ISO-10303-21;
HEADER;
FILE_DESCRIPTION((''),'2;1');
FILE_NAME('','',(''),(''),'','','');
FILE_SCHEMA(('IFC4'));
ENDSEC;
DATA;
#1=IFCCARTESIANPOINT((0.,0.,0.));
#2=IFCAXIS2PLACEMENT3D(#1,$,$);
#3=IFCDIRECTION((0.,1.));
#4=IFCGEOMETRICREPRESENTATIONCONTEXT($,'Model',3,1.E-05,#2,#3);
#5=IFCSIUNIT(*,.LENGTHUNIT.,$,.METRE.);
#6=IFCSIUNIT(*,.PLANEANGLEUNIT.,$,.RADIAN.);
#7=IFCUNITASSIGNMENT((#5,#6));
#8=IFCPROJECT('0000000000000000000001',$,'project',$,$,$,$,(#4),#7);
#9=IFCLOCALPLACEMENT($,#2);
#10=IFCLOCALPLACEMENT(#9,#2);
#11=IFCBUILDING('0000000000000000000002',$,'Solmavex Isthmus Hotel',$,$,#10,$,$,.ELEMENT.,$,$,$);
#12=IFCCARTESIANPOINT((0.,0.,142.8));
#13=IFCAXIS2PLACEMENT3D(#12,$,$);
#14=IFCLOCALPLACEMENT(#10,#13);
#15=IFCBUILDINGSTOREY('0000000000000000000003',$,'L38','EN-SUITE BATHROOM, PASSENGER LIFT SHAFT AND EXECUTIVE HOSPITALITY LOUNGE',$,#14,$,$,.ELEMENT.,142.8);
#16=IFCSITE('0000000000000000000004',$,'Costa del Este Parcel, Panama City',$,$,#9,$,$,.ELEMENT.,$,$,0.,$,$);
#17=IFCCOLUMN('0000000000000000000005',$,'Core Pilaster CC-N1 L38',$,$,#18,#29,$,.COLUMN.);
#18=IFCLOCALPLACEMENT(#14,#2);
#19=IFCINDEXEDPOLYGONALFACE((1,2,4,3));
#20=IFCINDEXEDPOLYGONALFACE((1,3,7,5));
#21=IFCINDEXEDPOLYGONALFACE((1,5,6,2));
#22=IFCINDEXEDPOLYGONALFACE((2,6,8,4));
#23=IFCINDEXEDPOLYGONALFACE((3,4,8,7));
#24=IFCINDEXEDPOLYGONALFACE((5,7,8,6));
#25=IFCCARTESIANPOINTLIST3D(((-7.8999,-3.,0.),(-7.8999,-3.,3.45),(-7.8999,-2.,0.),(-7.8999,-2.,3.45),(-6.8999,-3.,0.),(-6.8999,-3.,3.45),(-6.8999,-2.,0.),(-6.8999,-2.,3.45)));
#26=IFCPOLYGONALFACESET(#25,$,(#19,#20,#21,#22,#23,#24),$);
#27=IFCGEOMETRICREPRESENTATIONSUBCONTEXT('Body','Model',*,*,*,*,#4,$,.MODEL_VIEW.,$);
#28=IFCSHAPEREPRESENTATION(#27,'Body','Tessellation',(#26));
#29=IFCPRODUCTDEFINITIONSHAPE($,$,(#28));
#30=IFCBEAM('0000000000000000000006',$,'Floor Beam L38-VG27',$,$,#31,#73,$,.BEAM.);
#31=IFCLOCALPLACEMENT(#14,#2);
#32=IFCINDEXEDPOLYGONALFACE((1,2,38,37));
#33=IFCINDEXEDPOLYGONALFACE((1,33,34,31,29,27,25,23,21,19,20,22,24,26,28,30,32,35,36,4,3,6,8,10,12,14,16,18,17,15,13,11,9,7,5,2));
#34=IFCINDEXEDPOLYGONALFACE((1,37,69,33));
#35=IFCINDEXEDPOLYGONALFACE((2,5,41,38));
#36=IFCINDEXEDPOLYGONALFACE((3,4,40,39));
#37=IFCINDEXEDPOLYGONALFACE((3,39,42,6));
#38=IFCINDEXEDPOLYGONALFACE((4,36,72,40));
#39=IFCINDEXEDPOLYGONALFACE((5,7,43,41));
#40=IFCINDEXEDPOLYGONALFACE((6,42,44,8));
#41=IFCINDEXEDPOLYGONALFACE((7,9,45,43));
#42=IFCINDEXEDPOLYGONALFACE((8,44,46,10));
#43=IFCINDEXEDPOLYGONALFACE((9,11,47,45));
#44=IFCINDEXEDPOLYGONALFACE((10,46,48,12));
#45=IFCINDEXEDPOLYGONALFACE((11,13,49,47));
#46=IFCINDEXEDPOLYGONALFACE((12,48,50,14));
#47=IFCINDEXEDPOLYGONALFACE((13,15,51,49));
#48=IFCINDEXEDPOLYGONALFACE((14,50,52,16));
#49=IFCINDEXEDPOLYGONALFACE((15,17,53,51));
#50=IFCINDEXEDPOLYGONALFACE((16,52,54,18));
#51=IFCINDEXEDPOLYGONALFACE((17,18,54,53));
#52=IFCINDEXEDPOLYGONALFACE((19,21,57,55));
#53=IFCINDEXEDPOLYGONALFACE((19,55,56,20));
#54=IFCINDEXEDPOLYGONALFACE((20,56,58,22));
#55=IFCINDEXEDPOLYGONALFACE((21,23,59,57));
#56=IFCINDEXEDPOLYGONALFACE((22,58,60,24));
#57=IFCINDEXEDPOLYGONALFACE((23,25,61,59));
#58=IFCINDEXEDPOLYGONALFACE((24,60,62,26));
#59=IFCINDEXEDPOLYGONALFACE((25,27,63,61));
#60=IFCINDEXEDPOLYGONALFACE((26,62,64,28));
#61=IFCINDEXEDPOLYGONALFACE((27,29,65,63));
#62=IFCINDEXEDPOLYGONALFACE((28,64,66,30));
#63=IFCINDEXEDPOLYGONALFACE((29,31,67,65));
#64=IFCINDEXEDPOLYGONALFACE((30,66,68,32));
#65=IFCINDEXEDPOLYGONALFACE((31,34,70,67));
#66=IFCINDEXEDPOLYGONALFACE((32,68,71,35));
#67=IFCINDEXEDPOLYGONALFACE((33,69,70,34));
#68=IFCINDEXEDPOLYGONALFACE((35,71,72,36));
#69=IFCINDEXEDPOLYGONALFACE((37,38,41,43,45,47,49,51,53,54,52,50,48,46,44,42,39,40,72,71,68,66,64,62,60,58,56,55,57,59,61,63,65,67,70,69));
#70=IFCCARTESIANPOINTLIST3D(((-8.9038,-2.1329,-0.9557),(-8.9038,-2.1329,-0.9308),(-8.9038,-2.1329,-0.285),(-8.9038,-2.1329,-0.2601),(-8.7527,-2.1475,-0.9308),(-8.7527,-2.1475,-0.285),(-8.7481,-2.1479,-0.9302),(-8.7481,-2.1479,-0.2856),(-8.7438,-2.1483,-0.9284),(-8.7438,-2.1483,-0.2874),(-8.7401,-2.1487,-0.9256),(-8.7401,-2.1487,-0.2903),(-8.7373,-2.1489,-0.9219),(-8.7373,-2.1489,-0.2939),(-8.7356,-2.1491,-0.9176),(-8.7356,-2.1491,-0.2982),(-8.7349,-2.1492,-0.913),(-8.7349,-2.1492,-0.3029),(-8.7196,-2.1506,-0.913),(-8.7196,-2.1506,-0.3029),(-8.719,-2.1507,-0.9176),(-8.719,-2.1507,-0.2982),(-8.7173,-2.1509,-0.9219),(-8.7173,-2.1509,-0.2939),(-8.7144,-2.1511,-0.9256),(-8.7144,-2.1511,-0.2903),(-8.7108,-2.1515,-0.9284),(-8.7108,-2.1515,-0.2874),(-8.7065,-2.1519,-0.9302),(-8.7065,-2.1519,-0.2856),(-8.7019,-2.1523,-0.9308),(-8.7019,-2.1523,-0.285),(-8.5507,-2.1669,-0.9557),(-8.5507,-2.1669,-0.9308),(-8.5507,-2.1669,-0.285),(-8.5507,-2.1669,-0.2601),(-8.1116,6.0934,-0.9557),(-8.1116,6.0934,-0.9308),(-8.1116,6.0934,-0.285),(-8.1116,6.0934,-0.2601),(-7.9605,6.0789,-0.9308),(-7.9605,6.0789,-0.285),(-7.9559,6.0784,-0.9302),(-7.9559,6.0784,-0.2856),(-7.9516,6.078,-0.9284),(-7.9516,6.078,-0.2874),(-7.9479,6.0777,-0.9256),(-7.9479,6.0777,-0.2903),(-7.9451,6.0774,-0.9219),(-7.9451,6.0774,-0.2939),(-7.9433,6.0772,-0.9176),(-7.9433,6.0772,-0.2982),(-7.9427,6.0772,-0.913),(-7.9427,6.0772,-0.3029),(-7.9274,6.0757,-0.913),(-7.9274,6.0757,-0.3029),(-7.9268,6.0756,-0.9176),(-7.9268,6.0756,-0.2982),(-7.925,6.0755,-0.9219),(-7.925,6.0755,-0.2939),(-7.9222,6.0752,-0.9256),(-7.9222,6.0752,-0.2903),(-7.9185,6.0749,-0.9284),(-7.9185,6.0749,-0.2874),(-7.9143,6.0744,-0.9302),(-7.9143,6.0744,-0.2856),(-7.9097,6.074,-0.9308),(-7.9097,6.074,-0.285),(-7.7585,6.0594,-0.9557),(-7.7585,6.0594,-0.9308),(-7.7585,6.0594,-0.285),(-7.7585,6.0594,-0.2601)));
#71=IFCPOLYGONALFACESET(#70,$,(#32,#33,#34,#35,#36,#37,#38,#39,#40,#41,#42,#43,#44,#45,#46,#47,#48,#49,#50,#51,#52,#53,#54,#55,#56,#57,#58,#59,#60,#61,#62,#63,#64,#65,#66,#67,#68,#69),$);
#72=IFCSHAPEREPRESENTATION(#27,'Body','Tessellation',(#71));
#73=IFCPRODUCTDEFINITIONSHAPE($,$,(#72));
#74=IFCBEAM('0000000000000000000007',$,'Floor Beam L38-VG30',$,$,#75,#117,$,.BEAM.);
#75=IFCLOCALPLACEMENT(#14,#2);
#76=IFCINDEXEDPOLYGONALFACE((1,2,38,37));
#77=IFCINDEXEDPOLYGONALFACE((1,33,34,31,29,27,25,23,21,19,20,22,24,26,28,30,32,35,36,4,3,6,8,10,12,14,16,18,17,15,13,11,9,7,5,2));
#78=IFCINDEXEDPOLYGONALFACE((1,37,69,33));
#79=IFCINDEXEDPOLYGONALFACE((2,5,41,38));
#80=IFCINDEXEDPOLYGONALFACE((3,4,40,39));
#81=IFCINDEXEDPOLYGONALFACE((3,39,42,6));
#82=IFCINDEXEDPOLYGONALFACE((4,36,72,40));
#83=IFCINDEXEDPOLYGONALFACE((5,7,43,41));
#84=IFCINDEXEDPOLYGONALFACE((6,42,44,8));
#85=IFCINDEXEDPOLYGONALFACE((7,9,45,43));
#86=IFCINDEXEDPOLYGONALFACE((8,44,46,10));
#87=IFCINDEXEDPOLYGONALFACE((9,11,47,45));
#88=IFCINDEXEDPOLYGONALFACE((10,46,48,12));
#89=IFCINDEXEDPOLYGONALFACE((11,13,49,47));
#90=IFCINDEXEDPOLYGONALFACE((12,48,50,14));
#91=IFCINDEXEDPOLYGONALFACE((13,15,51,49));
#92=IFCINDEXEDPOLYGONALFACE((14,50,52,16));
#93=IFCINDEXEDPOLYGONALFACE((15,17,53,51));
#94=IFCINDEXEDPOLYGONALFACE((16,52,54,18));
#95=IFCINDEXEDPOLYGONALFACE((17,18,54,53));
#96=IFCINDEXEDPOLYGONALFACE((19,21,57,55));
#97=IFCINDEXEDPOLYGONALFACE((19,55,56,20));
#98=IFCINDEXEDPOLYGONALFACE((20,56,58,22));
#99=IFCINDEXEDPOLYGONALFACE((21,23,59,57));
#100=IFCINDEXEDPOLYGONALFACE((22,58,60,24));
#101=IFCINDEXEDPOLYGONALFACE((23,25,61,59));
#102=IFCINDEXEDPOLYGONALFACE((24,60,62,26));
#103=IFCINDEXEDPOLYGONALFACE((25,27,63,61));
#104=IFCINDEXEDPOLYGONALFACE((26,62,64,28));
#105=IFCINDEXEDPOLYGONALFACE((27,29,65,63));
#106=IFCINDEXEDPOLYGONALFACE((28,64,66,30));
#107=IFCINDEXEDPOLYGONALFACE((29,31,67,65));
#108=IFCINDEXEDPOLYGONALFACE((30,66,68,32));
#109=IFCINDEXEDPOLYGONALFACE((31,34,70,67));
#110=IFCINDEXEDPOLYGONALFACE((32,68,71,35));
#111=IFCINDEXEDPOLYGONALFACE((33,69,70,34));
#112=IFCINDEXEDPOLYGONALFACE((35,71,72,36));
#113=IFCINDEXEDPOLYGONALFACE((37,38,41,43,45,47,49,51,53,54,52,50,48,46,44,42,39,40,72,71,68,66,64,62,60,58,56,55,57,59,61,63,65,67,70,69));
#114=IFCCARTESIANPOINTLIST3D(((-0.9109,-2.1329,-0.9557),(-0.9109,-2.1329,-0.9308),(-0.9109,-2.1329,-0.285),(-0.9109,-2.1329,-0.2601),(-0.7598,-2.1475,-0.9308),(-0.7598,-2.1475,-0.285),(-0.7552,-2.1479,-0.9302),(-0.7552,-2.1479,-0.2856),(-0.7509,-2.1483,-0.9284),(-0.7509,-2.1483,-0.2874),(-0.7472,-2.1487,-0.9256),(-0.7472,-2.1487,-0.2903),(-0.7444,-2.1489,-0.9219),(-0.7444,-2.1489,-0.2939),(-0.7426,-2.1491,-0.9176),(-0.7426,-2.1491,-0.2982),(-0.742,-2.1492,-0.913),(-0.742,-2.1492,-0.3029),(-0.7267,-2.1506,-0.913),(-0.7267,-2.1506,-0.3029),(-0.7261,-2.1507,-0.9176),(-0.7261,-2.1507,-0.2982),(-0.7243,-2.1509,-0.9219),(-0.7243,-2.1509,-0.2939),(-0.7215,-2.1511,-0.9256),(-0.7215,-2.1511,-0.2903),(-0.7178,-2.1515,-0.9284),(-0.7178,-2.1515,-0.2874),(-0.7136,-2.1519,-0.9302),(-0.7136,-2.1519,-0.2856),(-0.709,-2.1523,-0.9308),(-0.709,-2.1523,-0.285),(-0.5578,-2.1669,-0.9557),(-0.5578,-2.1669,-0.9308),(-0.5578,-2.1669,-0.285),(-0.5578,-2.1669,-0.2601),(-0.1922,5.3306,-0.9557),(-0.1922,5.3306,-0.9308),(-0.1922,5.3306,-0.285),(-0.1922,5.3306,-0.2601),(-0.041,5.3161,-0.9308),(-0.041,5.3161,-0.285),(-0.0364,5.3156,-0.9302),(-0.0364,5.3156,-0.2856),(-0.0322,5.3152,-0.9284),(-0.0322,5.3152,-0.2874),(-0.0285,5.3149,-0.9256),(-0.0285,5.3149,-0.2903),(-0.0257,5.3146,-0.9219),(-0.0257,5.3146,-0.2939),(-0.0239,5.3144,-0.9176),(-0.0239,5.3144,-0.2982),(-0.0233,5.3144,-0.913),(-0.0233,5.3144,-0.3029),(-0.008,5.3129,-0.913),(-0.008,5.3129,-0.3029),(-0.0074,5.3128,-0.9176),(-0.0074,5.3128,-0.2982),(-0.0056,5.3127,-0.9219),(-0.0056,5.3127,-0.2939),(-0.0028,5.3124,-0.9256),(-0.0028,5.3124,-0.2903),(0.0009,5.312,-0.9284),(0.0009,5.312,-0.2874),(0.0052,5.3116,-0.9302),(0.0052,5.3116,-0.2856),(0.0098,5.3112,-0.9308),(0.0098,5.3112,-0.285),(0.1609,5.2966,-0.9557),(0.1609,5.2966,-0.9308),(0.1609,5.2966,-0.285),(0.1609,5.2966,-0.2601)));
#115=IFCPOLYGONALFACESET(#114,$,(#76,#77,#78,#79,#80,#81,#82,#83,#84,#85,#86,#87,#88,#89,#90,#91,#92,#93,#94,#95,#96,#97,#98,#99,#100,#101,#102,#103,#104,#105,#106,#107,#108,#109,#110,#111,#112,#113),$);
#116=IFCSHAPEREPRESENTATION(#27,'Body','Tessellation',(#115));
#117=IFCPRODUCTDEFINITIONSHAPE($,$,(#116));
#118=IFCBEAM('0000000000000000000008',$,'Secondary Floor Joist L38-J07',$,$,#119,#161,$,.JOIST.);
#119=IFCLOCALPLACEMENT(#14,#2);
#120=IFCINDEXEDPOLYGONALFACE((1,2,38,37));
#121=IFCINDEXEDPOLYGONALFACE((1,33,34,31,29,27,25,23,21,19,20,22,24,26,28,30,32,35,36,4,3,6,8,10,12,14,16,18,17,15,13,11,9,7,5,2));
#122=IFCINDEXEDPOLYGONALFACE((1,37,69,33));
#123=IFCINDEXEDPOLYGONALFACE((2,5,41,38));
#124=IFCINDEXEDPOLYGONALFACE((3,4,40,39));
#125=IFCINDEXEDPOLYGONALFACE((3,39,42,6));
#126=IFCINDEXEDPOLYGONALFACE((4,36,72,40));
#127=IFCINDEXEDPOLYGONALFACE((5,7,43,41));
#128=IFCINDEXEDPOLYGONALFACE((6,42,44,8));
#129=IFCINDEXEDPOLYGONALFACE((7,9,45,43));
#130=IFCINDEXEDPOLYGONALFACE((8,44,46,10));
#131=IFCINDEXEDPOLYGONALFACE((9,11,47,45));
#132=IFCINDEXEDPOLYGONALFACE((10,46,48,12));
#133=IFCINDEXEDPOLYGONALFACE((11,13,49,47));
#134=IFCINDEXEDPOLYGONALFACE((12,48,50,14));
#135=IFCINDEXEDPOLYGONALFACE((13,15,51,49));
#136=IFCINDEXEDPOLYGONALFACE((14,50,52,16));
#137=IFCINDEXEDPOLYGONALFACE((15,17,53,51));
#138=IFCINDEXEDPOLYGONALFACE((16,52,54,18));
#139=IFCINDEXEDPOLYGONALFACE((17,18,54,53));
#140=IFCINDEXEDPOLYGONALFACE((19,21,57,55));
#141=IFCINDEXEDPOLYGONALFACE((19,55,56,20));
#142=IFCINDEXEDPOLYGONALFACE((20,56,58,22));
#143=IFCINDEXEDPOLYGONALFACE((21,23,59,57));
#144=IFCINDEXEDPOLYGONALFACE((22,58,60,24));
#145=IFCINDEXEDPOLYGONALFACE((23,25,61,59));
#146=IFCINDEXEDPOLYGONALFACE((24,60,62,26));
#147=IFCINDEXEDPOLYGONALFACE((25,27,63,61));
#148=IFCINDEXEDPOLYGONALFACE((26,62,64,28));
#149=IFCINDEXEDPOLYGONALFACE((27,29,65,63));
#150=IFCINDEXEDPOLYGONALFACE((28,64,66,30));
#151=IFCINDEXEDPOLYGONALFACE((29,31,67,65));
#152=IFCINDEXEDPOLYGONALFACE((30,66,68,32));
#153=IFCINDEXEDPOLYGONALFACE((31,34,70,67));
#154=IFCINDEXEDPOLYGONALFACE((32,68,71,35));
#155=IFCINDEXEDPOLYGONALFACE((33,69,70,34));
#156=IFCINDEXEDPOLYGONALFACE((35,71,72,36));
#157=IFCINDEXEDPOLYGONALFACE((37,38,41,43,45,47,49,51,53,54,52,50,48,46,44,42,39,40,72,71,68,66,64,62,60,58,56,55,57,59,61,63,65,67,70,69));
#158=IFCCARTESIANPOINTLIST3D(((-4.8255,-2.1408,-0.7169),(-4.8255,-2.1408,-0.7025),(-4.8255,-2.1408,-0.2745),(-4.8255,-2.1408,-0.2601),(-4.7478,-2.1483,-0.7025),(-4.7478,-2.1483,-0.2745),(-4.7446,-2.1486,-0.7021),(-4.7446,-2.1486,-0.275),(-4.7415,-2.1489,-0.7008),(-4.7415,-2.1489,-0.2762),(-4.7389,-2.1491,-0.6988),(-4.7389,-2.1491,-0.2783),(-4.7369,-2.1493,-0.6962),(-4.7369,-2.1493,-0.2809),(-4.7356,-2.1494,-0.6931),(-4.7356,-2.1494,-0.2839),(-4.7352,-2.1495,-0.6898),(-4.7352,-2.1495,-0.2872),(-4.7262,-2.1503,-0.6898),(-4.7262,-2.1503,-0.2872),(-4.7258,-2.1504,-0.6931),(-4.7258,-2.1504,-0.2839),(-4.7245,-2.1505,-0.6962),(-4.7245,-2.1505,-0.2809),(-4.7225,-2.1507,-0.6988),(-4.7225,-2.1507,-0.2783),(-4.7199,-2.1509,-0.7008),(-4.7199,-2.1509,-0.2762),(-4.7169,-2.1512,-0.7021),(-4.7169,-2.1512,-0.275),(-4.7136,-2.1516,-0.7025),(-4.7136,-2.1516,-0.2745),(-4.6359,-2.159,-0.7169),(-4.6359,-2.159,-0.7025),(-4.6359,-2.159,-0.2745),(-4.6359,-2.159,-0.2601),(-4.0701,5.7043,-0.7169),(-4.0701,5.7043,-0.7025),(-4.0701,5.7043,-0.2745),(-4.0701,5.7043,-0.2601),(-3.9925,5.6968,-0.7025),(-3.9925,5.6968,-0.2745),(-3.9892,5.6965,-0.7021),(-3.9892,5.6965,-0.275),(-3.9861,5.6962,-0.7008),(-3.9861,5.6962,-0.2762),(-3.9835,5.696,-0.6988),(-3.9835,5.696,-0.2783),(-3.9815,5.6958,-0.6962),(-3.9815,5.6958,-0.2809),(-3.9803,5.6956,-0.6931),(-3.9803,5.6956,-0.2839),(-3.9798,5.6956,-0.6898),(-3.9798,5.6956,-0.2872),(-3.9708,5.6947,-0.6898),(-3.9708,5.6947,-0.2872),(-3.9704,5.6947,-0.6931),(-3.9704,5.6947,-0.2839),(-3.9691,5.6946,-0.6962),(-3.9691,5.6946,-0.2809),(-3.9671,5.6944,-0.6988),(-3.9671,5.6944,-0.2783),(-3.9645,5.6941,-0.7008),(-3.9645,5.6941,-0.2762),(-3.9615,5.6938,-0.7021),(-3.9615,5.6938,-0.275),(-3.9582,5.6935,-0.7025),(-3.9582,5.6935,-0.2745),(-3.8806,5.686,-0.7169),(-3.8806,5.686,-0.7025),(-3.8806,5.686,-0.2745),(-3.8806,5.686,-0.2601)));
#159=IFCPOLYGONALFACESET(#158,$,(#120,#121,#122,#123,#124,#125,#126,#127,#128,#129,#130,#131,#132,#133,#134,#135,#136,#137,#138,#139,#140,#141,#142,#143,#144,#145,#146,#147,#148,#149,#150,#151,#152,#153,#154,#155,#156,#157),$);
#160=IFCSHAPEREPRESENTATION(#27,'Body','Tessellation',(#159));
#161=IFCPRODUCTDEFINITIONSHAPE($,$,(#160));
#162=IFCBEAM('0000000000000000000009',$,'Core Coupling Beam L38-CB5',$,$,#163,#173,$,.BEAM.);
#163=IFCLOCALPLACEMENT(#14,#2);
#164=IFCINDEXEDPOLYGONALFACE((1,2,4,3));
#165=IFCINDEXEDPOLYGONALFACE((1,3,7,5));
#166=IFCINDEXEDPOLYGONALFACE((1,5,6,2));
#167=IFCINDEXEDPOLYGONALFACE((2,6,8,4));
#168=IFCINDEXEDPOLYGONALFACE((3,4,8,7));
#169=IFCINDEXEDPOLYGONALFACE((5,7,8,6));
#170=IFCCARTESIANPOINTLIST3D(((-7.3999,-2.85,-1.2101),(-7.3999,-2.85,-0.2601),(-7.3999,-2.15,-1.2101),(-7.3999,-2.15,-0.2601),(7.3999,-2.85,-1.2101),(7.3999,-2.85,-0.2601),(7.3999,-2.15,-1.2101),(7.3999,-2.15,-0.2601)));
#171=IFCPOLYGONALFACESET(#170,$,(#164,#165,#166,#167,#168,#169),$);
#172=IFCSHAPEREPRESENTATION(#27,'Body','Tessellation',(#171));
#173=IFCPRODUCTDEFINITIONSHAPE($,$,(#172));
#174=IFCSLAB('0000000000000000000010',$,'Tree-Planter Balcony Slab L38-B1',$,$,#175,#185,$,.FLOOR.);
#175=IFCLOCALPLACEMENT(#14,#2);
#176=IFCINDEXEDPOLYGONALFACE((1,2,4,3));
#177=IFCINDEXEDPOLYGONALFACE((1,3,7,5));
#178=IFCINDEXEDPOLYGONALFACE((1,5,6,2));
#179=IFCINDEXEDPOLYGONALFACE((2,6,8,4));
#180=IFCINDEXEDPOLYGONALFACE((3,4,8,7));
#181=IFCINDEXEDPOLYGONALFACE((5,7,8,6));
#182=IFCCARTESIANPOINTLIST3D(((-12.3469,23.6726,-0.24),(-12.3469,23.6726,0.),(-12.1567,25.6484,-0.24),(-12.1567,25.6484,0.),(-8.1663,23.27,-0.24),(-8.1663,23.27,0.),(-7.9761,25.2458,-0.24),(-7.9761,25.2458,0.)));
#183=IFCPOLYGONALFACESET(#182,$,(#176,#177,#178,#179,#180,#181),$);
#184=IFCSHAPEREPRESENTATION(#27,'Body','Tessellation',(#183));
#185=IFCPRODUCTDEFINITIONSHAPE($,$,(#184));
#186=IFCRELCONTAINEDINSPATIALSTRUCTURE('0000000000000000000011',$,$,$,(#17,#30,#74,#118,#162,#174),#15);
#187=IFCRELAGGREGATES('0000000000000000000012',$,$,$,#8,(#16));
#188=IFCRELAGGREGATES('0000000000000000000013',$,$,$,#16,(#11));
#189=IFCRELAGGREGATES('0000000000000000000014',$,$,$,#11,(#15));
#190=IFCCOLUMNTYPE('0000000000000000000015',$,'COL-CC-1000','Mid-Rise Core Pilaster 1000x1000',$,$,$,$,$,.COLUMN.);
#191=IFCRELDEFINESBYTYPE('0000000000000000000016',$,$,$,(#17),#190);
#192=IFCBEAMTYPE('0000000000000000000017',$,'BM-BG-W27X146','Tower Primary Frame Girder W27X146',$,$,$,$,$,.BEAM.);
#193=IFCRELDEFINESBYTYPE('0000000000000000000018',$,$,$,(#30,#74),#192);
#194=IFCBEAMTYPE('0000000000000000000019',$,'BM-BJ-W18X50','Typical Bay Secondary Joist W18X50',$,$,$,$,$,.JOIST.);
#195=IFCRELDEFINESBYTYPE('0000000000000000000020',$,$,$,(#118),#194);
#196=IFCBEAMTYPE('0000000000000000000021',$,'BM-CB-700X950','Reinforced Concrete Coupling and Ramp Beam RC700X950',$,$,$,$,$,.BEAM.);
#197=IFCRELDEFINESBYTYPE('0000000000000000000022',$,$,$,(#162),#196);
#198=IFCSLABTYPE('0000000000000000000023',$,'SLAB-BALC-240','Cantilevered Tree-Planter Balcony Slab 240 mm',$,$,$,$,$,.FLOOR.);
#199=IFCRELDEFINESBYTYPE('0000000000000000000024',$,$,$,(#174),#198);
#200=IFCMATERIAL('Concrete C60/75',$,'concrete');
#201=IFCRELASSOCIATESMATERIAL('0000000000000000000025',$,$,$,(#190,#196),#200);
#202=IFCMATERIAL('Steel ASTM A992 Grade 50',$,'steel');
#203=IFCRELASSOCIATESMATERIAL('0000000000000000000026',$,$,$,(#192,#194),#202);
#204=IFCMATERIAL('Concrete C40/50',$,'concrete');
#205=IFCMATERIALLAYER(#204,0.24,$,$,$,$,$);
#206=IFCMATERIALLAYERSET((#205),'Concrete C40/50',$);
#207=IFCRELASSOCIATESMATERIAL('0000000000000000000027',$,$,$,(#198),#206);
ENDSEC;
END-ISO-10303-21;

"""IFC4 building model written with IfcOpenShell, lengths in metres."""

from ifc_helpers import new_model, si_unit, direction, frame, origin, origin_2d, place, context, subcontext, project, spatial, polyline, rectangle, i_section, outline, extrude, material, layer, layer_set, material_profile, profile_set, type_object, element, save


model = new_model("IFC4")

# Units and contexts
model_context = context("Model", 3, precision=1e-05, world=origin(), true_north=direction((0.0, 1.0)))
body_context = subcontext(model_context, "Body", "Model", "MODEL_VIEW")
ifc_project = project(units=[si_unit("LENGTHUNIT", "METRE"), si_unit("PLANEANGLEUNIT", "RADIAN")], contexts=[model_context])

# Site, building, storey
site_placement = place(None, origin())
site = spatial("IfcSite", under=ifc_project, at=site_placement, Name="Costa del Este Parcel, Panama City", CompositionType="ELEMENT", RefElevation=0.0)
building_placement = place(site_placement, origin())
building = spatial("IfcBuilding", under=site, at=building_placement, Name="Solmavex Isthmus Hotel", CompositionType="ELEMENT")
storey_placement = place(building_placement, frame((0.0, 0.0, 142.8)))
storey = spatial("IfcBuildingStorey", under=building, at=storey_placement, Name="L38", Description="EN-SUITE BATHROOM, PASSENGER LIFT SHAFT AND EXECUTIVE HOSPITALITY LOUNGE", CompositionType="ELEMENT", Elevation=142.8)

# Column
ifc_material_1 = material(Name="Concrete C60/75", Category="concrete")
ifc_material_profile_1 = material_profile(ifc_material_1, rectangle(XDim=1.0, YDim=1.0, at=origin_2d()), Name="RC1000X1000")
ifc_profile_set_1 = profile_set([ifc_material_profile_1], Name="Concrete C60/75")
column_type = type_object("IfcColumnType", Name="COL-CC-1000", Description="Mid-Rise Core Pilaster 1000x1000", PredefinedType="COLUMN", material=ifc_profile_set_1)
column_placement = place(storey_placement, frame((-7.3999, -2.5, 0.0), z_axis=(0.0, 0.0, 1.0), x_axis=(1.0, 0.0, 0.0)))
element("IfcColumn", 1, at=column_placement, inside=storey, type_object=column_type, Name="Core Pilaster CC-N1 L38", PredefinedType="COLUMN", context=body_context, shape_type="SweptSolid", body=[
    extrude(rectangle(XDim=1.0, YDim=1.0, at=origin_2d()), origin(), (0.0, 0.0, 1.0), 3.45),
])

# Beams
ifc_material_2 = material(Name="Steel ASTM A992 Grade 50", Category="steel")
ifc_material_profile_2 = material_profile(ifc_material_2, i_section(OverallWidth=0.3547, OverallDepth=0.6956, WebThickness=0.0154, FlangeThickness=0.0249, FilletRadius=0.0178, at=origin_2d()), Name="W27X146")
ifc_profile_set_2 = profile_set([ifc_material_profile_2], Name="Steel ASTM A992 Grade 50")
beam_type_1 = type_object("IfcBeamType", Name="BM-BG-W27X146", Description="Tower Primary Frame Girder W27X146", PredefinedType="BEAM", material=ifc_profile_set_2)
beam_1_placement = place(storey_placement, frame((-8.7273, -2.1499, -0.6079), z_axis=(0.095862, 0.995395, 0.0), x_axis=(-0.995395, 0.095862, 0.0)))
element("IfcBeam", 2, at=beam_1_placement, inside=storey, type_object=beam_type_1, Name="Floor Beam L38-VG27", PredefinedType="BEAM", context=body_context, shape_type="SweptSolid", body=[
    extrude(i_section(OverallWidth=0.3547, OverallDepth=0.6956, WebThickness=0.0154, FlangeThickness=0.0249, FilletRadius=0.0178, at=origin_2d()), origin(), (0.0, 0.0, 1.0), 8.2644),
])
beam_2_placement = place(storey_placement, frame((-0.7344, -2.1499, -0.6079), z_axis=(0.095857, 0.995395, 0.0), x_axis=(-0.995395, 0.095857, 0.0)))
element("IfcBeam", 3, at=beam_2_placement, inside=storey, type_object=beam_type_1, Name="Floor Beam L38-VG30", PredefinedType="BEAM", context=body_context, shape_type="SweptSolid", body=[
    extrude(i_section(OverallWidth=0.3547, OverallDepth=0.6956, WebThickness=0.0154, FlangeThickness=0.0249, FilletRadius=0.0178, at=origin_2d()), origin(), (0.0, 0.0, 1.0), 7.498),
])
ifc_material_profile_3 = material_profile(ifc_material_2, i_section(OverallWidth=0.1904, OverallDepth=0.4568, WebThickness=0.009, FlangeThickness=0.0144, FilletRadius=0.0127, at=origin_2d()), Name="W18X50")
ifc_profile_set_3 = profile_set([ifc_material_profile_3], Name="Steel ASTM A992 Grade 50")
beam_type_2 = type_object("IfcBeamType", Name="BM-BJ-W18X50", Description="Typical Bay Secondary Joist W18X50", PredefinedType="JOIST", material=ifc_profile_set_3)
beam_3_placement = place(storey_placement, frame((-4.7307, -2.1499, -0.4885), z_axis=(0.095844, 0.995396, 0.0), x_axis=(-0.995396, 0.095844, 0.0)))
element("IfcBeam", 4, at=beam_3_placement, inside=storey, type_object=beam_type_2, Name="Secondary Floor Joist L38-J07", PredefinedType="JOIST", context=body_context, shape_type="SweptSolid", body=[
    extrude(i_section(OverallWidth=0.1904, OverallDepth=0.4568, WebThickness=0.009, FlangeThickness=0.0144, FilletRadius=0.0127, at=origin_2d()), origin(), (0.0, 0.0, 1.0), 7.8813),
])
ifc_material_profile_4 = material_profile(ifc_material_1, rectangle(XDim=0.7, YDim=0.95, at=origin_2d()), Name="RC700X950")
ifc_profile_set_4 = profile_set([ifc_material_profile_4], Name="Concrete C60/75")
beam_type_3 = type_object("IfcBeamType", Name="BM-CB-700X950", Description="Reinforced Concrete Coupling and Ramp Beam RC700X950", PredefinedType="BEAM", material=ifc_profile_set_4)
beam_4_placement = place(storey_placement, frame((-7.3999, -2.5, -0.7351), z_axis=(1.0, 0.0, 0.0), x_axis=(0.0, 1.0, 0.0)))
element("IfcBeam", 5, at=beam_4_placement, inside=storey, type_object=beam_type_3, Name="Core Coupling Beam L38-CB5", PredefinedType="BEAM", context=body_context, shape_type="SweptSolid", body=[
    extrude(rectangle(XDim=0.7, YDim=0.95, at=origin_2d()), origin(), (0.0, 0.0, 1.0), 14.7998),
])

# Slab
ifc_material_3 = material(Name="Concrete C40/50", Category="concrete")
ifc_layer_1 = layer(ifc_material_3, 0.24)
ifc_layer_set_1 = layer_set([ifc_layer_1], Name="Concrete C40/50")
slab_type_1 = type_object("IfcSlabType", Name="SLAB-BALC-240", Description="Cantilevered Tree-Planter Balcony Slab 240 mm", PredefinedType="FLOOR", material=ifc_layer_set_1)
slab_1_placement = place(storey_placement, frame((0.0, 0.0, -0.24)))
element("IfcSlab", 6, at=slab_1_placement, inside=storey, type_object=slab_type_1, Name="Tree-Planter Balcony Slab L38-B1", PredefinedType="FLOOR", context=body_context, shape_type="SweptSolid", body=[
    extrude(outline(polyline([(-12.3469, 23.6726), (-8.1663, 23.27), (-7.9761, 25.2458), (-12.1567, 25.6484), (-12.3469, 23.6726)])), origin(), (0.0, 0.0, 1.0), 0.24),
])

save(model, "model.ifc")
